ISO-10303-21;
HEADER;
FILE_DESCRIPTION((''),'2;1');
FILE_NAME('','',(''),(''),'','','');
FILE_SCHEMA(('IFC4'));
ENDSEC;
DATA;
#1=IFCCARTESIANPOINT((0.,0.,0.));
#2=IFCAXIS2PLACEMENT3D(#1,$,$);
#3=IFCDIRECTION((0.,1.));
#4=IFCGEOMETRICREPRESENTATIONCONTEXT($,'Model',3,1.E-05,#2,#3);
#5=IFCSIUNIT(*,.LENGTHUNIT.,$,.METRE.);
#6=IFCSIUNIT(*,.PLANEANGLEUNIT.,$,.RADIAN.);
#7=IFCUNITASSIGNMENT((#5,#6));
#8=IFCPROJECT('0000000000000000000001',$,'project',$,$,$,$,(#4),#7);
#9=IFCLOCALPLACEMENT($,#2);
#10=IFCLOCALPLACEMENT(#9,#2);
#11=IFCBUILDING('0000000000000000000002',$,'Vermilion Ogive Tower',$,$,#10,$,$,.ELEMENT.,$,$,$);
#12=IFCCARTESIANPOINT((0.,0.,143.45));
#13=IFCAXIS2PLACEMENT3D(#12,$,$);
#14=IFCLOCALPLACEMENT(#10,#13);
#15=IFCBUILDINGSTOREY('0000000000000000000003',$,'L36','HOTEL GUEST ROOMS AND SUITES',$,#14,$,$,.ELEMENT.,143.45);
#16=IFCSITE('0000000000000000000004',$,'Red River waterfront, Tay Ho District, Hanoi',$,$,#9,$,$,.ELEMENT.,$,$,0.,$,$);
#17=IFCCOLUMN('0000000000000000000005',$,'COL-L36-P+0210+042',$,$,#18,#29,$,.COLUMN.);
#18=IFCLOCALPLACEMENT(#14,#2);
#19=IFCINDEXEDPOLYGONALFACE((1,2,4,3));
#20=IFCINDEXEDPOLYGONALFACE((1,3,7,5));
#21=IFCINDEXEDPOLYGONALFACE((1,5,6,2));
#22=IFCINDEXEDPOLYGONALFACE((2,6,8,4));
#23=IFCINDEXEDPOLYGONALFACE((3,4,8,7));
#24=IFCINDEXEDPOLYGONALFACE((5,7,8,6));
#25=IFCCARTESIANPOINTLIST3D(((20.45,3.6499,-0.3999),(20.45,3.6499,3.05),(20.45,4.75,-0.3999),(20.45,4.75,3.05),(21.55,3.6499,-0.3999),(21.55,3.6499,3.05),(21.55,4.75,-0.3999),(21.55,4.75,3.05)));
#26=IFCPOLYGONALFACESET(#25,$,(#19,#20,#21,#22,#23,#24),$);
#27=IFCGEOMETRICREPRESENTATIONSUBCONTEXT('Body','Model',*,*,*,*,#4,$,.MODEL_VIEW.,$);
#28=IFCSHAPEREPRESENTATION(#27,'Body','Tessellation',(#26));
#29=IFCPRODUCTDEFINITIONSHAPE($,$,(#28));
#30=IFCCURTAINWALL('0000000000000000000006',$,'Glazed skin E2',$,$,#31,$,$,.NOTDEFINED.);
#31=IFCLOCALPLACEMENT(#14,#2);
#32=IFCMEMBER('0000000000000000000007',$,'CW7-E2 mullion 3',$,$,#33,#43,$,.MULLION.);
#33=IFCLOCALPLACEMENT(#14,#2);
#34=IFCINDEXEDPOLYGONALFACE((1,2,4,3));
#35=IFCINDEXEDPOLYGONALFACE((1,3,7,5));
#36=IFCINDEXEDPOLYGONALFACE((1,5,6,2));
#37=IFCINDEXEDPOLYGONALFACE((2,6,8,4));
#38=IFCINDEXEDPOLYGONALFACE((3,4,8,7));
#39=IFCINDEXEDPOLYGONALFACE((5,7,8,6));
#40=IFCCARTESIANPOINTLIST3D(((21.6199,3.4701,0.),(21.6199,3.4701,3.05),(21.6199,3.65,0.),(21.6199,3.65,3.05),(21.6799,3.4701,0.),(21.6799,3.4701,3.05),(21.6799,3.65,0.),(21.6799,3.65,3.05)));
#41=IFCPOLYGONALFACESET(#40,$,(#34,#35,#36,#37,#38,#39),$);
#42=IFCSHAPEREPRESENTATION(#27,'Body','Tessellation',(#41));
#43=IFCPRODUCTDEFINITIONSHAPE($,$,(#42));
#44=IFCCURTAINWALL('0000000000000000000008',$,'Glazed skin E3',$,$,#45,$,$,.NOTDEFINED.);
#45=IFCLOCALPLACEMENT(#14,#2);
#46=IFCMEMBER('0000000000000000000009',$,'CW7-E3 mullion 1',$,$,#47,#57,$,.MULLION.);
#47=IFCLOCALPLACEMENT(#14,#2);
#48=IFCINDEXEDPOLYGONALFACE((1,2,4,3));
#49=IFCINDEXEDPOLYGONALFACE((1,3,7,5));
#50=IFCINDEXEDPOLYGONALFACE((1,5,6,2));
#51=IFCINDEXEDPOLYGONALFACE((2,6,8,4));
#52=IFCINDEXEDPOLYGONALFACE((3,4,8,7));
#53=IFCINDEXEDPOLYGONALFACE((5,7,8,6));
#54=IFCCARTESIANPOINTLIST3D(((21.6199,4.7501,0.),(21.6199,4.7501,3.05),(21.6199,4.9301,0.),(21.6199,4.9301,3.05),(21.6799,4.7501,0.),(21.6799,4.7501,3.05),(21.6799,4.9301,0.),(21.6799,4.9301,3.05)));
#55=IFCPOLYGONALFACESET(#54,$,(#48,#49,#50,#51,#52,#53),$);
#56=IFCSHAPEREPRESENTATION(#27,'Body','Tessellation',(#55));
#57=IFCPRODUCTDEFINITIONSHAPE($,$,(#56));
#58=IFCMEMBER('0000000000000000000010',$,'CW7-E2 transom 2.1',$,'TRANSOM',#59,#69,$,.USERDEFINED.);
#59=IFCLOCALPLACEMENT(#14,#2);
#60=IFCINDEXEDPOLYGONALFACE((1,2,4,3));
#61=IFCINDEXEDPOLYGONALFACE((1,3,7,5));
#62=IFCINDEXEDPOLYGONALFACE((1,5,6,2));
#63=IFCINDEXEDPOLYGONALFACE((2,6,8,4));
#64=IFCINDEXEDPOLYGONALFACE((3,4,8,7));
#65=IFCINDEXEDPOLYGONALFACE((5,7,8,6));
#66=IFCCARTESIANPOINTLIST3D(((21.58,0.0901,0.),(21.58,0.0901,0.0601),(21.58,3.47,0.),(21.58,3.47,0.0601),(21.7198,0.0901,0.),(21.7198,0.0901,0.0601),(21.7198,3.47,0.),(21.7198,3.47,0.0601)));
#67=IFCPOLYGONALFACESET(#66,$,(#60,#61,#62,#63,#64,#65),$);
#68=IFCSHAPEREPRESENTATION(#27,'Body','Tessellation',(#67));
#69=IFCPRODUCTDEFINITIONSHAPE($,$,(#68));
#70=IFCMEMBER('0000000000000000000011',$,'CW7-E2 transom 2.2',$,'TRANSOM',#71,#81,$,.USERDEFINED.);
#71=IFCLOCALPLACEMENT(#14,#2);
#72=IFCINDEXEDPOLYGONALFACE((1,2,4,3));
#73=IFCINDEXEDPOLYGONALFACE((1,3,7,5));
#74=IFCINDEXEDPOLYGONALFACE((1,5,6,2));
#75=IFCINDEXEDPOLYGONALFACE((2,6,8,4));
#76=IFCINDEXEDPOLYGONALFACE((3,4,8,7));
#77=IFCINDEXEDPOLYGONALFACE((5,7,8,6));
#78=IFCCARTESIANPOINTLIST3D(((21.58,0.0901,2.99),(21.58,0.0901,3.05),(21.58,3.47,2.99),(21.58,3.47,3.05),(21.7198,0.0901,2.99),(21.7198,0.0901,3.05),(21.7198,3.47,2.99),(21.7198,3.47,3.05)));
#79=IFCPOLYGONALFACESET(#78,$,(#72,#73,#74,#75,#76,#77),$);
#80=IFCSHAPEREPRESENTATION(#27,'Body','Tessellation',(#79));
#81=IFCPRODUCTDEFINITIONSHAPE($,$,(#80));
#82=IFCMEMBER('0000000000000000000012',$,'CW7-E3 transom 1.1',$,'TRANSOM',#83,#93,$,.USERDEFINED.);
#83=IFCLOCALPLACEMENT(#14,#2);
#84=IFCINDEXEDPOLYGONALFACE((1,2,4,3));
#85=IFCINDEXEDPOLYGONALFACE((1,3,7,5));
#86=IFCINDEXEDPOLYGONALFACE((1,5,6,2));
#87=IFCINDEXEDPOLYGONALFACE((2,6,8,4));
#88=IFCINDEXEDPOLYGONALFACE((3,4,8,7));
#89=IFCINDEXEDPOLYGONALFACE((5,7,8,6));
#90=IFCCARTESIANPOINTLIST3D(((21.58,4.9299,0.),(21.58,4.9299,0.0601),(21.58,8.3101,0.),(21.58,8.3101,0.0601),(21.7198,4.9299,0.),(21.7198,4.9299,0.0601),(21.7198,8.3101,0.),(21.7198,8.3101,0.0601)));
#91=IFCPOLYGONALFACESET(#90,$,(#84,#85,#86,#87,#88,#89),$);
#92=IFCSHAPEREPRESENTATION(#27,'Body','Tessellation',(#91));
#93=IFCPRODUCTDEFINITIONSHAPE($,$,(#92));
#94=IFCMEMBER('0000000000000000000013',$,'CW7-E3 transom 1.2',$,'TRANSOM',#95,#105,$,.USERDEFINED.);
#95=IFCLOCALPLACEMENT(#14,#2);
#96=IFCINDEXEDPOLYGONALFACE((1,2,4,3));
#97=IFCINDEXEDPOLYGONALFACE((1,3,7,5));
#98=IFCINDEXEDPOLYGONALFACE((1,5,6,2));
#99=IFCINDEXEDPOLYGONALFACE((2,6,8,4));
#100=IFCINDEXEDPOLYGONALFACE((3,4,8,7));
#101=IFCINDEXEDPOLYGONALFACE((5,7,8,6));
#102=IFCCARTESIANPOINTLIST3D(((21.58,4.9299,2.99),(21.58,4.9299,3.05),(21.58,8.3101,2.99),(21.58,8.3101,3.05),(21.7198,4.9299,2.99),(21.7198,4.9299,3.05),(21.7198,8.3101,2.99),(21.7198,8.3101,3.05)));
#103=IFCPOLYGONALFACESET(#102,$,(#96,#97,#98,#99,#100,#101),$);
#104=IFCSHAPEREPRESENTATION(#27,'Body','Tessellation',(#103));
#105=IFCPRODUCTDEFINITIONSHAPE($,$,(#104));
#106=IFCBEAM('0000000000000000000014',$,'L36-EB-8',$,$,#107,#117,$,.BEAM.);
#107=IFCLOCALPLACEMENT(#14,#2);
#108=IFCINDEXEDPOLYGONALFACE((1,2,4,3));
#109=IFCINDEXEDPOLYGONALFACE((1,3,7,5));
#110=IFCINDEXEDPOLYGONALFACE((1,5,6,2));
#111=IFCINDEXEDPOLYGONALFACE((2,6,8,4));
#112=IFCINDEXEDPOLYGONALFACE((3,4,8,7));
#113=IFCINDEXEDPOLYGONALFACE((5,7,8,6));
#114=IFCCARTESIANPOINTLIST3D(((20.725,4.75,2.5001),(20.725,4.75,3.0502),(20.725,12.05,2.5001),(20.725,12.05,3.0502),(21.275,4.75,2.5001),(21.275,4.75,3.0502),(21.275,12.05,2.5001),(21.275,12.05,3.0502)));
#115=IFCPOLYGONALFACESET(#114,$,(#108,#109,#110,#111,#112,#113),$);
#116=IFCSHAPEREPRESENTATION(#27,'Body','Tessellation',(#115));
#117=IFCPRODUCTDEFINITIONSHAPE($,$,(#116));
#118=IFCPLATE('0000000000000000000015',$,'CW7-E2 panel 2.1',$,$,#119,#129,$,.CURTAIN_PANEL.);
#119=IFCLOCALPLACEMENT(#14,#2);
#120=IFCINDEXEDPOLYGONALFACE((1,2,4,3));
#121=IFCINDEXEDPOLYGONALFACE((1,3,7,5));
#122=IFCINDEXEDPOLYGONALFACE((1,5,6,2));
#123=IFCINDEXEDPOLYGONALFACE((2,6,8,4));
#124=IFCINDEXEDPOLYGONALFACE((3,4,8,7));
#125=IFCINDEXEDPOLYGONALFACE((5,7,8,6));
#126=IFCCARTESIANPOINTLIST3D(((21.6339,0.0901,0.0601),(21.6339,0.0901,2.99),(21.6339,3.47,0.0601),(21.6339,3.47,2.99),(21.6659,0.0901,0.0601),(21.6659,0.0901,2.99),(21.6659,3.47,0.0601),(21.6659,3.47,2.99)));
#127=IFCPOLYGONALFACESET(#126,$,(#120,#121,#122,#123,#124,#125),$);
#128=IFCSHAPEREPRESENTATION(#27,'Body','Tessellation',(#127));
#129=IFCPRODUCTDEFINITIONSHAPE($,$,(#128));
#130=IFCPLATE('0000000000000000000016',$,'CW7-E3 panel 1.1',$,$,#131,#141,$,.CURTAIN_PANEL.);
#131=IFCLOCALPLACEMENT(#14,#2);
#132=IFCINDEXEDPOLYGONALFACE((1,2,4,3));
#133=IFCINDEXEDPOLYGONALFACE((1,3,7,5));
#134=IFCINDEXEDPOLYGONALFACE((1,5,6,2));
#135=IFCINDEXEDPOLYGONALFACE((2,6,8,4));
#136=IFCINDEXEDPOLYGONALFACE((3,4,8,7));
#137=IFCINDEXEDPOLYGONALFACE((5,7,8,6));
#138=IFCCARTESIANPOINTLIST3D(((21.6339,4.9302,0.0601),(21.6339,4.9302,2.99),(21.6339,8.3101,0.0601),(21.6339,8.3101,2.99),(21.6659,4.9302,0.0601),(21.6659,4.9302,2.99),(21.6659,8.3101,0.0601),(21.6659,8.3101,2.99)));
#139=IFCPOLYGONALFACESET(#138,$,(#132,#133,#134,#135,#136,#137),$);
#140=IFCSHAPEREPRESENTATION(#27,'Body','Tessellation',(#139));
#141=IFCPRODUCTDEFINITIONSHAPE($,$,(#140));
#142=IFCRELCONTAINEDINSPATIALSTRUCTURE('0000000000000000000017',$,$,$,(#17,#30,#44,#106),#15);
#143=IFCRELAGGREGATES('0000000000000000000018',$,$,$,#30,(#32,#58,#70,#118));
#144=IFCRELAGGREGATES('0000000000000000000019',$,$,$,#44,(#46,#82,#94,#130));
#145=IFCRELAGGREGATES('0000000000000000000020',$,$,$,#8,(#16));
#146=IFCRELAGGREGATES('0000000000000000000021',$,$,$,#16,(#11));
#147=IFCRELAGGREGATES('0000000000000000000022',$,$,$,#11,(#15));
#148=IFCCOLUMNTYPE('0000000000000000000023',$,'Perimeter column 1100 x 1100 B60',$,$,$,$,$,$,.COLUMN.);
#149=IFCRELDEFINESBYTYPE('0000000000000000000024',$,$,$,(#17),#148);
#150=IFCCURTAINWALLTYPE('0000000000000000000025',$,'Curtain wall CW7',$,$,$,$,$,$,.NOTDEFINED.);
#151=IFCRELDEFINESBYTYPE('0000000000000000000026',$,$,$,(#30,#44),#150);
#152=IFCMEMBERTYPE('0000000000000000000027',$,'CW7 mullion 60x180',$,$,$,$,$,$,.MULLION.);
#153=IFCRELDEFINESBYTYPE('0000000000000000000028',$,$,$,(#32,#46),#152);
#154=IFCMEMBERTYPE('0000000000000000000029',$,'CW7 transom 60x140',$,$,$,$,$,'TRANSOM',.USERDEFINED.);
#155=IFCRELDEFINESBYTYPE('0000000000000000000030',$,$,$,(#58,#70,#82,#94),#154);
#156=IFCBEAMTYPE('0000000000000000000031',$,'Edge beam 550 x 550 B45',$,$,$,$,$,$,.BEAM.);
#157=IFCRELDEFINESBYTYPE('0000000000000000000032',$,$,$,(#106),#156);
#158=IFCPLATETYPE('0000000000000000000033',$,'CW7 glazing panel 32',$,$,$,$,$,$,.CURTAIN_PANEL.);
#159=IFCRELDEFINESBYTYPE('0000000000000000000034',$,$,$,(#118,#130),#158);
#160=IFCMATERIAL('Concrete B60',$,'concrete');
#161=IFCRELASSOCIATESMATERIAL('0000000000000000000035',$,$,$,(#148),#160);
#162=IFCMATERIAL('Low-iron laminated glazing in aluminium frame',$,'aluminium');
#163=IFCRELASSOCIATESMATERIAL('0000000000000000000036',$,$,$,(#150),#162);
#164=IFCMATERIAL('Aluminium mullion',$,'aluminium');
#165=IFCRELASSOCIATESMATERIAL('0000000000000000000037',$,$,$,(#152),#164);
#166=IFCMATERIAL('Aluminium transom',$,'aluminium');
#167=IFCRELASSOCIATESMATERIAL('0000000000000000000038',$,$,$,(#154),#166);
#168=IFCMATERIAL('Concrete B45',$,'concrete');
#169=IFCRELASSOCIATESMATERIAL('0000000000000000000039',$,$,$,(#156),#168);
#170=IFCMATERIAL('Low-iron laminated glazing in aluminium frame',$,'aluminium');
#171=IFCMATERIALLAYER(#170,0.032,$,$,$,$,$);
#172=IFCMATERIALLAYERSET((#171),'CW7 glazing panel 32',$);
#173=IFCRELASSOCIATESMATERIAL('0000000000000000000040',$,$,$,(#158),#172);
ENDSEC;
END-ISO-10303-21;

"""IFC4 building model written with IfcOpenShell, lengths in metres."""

from ifc_helpers import new_model, si_unit, direction, frame, origin, origin_2d, place, context, subcontext, project, spatial, rectangle, extrude, material, layer, layer_set, material_profile, profile_set, type_object, element, aggregate, save


model = new_model("IFC4")

# Units and contexts
model_context = context("Model", 3, precision=1e-05, world=origin(), true_north=direction((0.0, 1.0)))
body_context = subcontext(model_context, "Body", "Model", "MODEL_VIEW")
ifc_project = project(units=[si_unit("LENGTHUNIT", "METRE"), si_unit("PLANEANGLEUNIT", "RADIAN")], contexts=[model_context])

# Site, building, storey
site_placement = place(None, origin())
site = spatial("IfcSite", under=ifc_project, at=site_placement, Name="Red River waterfront, Tay Ho District, Hanoi", CompositionType="ELEMENT", RefElevation=0.0)
building_placement = place(site_placement, origin())
building = spatial("IfcBuilding", under=site, at=building_placement, Name="Vermilion Ogive Tower", CompositionType="ELEMENT")
storey_placement = place(building_placement, frame((0.0, 0.0, 143.45)))
storey = spatial("IfcBuildingStorey", under=building, at=storey_placement, Name="L36", Description="HOTEL GUEST ROOMS AND SUITES", CompositionType="ELEMENT", Elevation=143.45)

# Column
ifc_material_1 = material(Name="Concrete B60", Category="concrete")
ifc_material_profile_1 = material_profile(ifc_material_1, rectangle(XDim=1.1001, YDim=1.1001, at=origin_2d()), Name="1100 x 1100")
ifc_profile_set_1 = profile_set([ifc_material_profile_1], Name="Concrete B60")
column_type = type_object("IfcColumnType", Name="Perimeter column 1100 x 1100 B60", PredefinedType="COLUMN", material=ifc_profile_set_1)
column_placement = place(storey_placement, frame((21.0, 4.2, -0.3999), z_axis=(0.0, 0.0, 1.0), x_axis=(1.0, 0.0, 0.0)))
element("IfcColumn", 1, at=column_placement, inside=storey, type_object=column_type, Name="COL-L36-P+0210+042", PredefinedType="COLUMN", context=body_context, shape_type="SweptSolid", body=[
    extrude(rectangle(XDim=1.1001, YDim=1.1001, at=origin_2d()), origin(), (0.0, 0.0, 1.0), 3.45),
])

# Curtain walls, members
ifc_material_2 = material(Name="Low-iron laminated glazing in aluminium frame", Category="aluminium")
curtain_wall_type = type_object("IfcCurtainWallType", Name="Curtain wall CW7", PredefinedType="NOTDEFINED", material=ifc_material_2)
curtain_wall_1_placement = place(storey_placement, origin())
curtain_wall_1 = element("IfcCurtainWall", 2, at=curtain_wall_1_placement, inside=storey, type_object=curtain_wall_type, Name="Glazed skin E2", PredefinedType="NOTDEFINED")
ifc_material_3 = material(Name="Aluminium mullion", Category="aluminium")
ifc_material_profile_2 = material_profile(ifc_material_3, rectangle(XDim=0.0601, YDim=0.1799, at=origin_2d()), Name="AL 60x180")
ifc_profile_set_2 = profile_set([ifc_material_profile_2], Name="Aluminium mullion")
member_type_1 = type_object("IfcMemberType", Name="CW7 mullion 60x180", PredefinedType="MULLION", material=ifc_profile_set_2)
member_1_placement = place(storey_placement, frame((21.6499, 3.5601, 0.0), z_axis=(0.0, 0.0, 1.0), x_axis=(-1.0, 0.0, 0.0)))
member_1 = element("IfcMember", 3, at=member_1_placement, type_object=member_type_1, Name="CW7-E2 mullion 3", PredefinedType="MULLION", context=body_context, shape_type="SweptSolid", body=[
    extrude(rectangle(XDim=0.0601, YDim=0.1799, at=origin_2d()), origin(), (0.0, 0.0, 1.0), 3.05),
])
curtain_wall_2_placement = place(storey_placement, origin())
curtain_wall_2 = element("IfcCurtainWall", 4, at=curtain_wall_2_placement, inside=storey, type_object=curtain_wall_type, Name="Glazed skin E3", PredefinedType="NOTDEFINED")
member_2_placement = place(storey_placement, frame((21.6499, 4.8401, 0.0), z_axis=(0.0, 0.0, 1.0), x_axis=(-1.0, 0.0, 0.0)))
member_2 = element("IfcMember", 5, at=member_2_placement, type_object=member_type_1, Name="CW7-E3 mullion 1", PredefinedType="MULLION", context=body_context, shape_type="SweptSolid", body=[
    extrude(rectangle(XDim=0.0601, YDim=0.1799, at=origin_2d()), origin(), (0.0, 0.0, 1.0), 3.05),
])

# Members
ifc_material_4 = material(Name="Aluminium transom", Category="aluminium")
ifc_material_profile_3 = material_profile(ifc_material_4, rectangle(XDim=0.1399, YDim=0.0601, at=origin_2d()), Name="AL 60x140")
ifc_profile_set_3 = profile_set([ifc_material_profile_3], Name="Aluminium transom")
member_type_2 = type_object("IfcMemberType", Name="CW7 transom 60x140", ElementType="TRANSOM", PredefinedType="USERDEFINED", material=ifc_profile_set_3)
member_3_placement = place(storey_placement, frame((21.6499, 0.0901, 0.03), z_axis=(0.0, 1.0, 0.0), x_axis=(-1.0, 0.0, 0.0)))
member_3 = element("IfcMember", 6, at=member_3_placement, type_object=member_type_2, Name="CW7-E2 transom 2.1", ObjectType="TRANSOM", PredefinedType="USERDEFINED", context=body_context, shape_type="SweptSolid", body=[
    extrude(rectangle(XDim=0.1399, YDim=0.0601, at=origin_2d()), origin(), (0.0, 0.0, 1.0), 3.3799),
])
member_4_placement = place(storey_placement, frame((21.6499, 0.0901, 3.02), z_axis=(0.0, 1.0, 0.0), x_axis=(-1.0, 0.0, 0.0)))
member_4 = element("IfcMember", 7, at=member_4_placement, type_object=member_type_2, Name="CW7-E2 transom 2.2", ObjectType="TRANSOM", PredefinedType="USERDEFINED", context=body_context, shape_type="SweptSolid", body=[
    extrude(rectangle(XDim=0.1399, YDim=0.0601, at=origin_2d()), origin(), (0.0, 0.0, 1.0), 3.3799),
])
member_5_placement = place(storey_placement, frame((21.6499, 4.9299, 0.03), z_axis=(0.0, 1.0, 0.0), x_axis=(-1.0, 0.0, 0.0)))
member_5 = element("IfcMember", 8, at=member_5_placement, type_object=member_type_2, Name="CW7-E3 transom 1.1", ObjectType="TRANSOM", PredefinedType="USERDEFINED", context=body_context, shape_type="SweptSolid", body=[
    extrude(rectangle(XDim=0.1399, YDim=0.0601, at=origin_2d()), origin(), (0.0, 0.0, 1.0), 3.3801),
])
member_6_placement = place(storey_placement, frame((21.6499, 4.9299, 3.02), z_axis=(0.0, 1.0, 0.0), x_axis=(-1.0, 0.0, 0.0)))
member_6 = element("IfcMember", 9, at=member_6_placement, type_object=member_type_2, Name="CW7-E3 transom 1.2", ObjectType="TRANSOM", PredefinedType="USERDEFINED", context=body_context, shape_type="SweptSolid", body=[
    extrude(rectangle(XDim=0.1399, YDim=0.0601, at=origin_2d()), origin(), (0.0, 0.0, 1.0), 3.3801),
])

# Beam
ifc_material_5 = material(Name="Concrete B45", Category="concrete")
ifc_material_profile_4 = material_profile(ifc_material_5, rectangle(XDim=0.55, YDim=0.55, at=origin_2d()), Name="550 x 550")
ifc_profile_set_4 = profile_set([ifc_material_profile_4], Name="Concrete B45")
beam_type = type_object("IfcBeamType", Name="Edge beam 550 x 550 B45", PredefinedType="BEAM", material=ifc_profile_set_4)
beam_placement = place(storey_placement, frame((21.0, 4.75, 2.7751), z_axis=(0.0, 1.0, 0.0), x_axis=(-1.0, 0.0, 0.0)))
element("IfcBeam", 10, at=beam_placement, inside=storey, type_object=beam_type, Name="L36-EB-8", PredefinedType="BEAM", context=body_context, shape_type="SweptSolid", body=[
    extrude(rectangle(XDim=0.55, YDim=0.55, at=origin_2d()), origin(), (0.0, 0.0, 1.0), 7.3),
])

# Plates
ifc_material_6 = material(Name="Low-iron laminated glazing in aluminium frame", Category="aluminium")
ifc_layer_1 = layer(ifc_material_6, 0.032)
ifc_layer_set_1 = layer_set([ifc_layer_1], Name="CW7 glazing panel 32")
plate_type = type_object("IfcPlateType", Name="CW7 glazing panel 32", PredefinedType="CURTAIN_PANEL", material=ifc_layer_set_1)
plate_1_placement = place(storey_placement, frame((21.6499, 1.78, 0.0601), z_axis=(0.0, 0.0, 1.0), x_axis=(0.0, 1.0, 0.0)))
plate_1 = element("IfcPlate", 11, at=plate_1_placement, type_object=plate_type, Name="CW7-E2 panel 2.1", PredefinedType="CURTAIN_PANEL", context=body_context, shape_type="SweptSolid", body=[
    extrude(rectangle(XDim=3.3799, YDim=0.032, at=origin_2d()), origin(), (0.0, 0.0, 1.0), 2.9299),
])
aggregate(curtain_wall_1, [member_1, member_3, member_4, plate_1])
plate_2_placement = place(storey_placement, frame((21.6499, 6.6201, 0.0601), z_axis=(0.0, 0.0, 1.0), x_axis=(0.0, 1.0, 0.0)))
plate_2 = element("IfcPlate", 12, at=plate_2_placement, type_object=plate_type, Name="CW7-E3 panel 1.1", PredefinedType="CURTAIN_PANEL", context=body_context, shape_type="SweptSolid", body=[
    extrude(rectangle(XDim=3.3799, YDim=0.032, at=origin_2d()), origin(), (0.0, 0.0, 1.0), 2.9299),
])
aggregate(curtain_wall_2, [member_2, member_5, member_6, plate_2])

save(model, "model.ifc")
